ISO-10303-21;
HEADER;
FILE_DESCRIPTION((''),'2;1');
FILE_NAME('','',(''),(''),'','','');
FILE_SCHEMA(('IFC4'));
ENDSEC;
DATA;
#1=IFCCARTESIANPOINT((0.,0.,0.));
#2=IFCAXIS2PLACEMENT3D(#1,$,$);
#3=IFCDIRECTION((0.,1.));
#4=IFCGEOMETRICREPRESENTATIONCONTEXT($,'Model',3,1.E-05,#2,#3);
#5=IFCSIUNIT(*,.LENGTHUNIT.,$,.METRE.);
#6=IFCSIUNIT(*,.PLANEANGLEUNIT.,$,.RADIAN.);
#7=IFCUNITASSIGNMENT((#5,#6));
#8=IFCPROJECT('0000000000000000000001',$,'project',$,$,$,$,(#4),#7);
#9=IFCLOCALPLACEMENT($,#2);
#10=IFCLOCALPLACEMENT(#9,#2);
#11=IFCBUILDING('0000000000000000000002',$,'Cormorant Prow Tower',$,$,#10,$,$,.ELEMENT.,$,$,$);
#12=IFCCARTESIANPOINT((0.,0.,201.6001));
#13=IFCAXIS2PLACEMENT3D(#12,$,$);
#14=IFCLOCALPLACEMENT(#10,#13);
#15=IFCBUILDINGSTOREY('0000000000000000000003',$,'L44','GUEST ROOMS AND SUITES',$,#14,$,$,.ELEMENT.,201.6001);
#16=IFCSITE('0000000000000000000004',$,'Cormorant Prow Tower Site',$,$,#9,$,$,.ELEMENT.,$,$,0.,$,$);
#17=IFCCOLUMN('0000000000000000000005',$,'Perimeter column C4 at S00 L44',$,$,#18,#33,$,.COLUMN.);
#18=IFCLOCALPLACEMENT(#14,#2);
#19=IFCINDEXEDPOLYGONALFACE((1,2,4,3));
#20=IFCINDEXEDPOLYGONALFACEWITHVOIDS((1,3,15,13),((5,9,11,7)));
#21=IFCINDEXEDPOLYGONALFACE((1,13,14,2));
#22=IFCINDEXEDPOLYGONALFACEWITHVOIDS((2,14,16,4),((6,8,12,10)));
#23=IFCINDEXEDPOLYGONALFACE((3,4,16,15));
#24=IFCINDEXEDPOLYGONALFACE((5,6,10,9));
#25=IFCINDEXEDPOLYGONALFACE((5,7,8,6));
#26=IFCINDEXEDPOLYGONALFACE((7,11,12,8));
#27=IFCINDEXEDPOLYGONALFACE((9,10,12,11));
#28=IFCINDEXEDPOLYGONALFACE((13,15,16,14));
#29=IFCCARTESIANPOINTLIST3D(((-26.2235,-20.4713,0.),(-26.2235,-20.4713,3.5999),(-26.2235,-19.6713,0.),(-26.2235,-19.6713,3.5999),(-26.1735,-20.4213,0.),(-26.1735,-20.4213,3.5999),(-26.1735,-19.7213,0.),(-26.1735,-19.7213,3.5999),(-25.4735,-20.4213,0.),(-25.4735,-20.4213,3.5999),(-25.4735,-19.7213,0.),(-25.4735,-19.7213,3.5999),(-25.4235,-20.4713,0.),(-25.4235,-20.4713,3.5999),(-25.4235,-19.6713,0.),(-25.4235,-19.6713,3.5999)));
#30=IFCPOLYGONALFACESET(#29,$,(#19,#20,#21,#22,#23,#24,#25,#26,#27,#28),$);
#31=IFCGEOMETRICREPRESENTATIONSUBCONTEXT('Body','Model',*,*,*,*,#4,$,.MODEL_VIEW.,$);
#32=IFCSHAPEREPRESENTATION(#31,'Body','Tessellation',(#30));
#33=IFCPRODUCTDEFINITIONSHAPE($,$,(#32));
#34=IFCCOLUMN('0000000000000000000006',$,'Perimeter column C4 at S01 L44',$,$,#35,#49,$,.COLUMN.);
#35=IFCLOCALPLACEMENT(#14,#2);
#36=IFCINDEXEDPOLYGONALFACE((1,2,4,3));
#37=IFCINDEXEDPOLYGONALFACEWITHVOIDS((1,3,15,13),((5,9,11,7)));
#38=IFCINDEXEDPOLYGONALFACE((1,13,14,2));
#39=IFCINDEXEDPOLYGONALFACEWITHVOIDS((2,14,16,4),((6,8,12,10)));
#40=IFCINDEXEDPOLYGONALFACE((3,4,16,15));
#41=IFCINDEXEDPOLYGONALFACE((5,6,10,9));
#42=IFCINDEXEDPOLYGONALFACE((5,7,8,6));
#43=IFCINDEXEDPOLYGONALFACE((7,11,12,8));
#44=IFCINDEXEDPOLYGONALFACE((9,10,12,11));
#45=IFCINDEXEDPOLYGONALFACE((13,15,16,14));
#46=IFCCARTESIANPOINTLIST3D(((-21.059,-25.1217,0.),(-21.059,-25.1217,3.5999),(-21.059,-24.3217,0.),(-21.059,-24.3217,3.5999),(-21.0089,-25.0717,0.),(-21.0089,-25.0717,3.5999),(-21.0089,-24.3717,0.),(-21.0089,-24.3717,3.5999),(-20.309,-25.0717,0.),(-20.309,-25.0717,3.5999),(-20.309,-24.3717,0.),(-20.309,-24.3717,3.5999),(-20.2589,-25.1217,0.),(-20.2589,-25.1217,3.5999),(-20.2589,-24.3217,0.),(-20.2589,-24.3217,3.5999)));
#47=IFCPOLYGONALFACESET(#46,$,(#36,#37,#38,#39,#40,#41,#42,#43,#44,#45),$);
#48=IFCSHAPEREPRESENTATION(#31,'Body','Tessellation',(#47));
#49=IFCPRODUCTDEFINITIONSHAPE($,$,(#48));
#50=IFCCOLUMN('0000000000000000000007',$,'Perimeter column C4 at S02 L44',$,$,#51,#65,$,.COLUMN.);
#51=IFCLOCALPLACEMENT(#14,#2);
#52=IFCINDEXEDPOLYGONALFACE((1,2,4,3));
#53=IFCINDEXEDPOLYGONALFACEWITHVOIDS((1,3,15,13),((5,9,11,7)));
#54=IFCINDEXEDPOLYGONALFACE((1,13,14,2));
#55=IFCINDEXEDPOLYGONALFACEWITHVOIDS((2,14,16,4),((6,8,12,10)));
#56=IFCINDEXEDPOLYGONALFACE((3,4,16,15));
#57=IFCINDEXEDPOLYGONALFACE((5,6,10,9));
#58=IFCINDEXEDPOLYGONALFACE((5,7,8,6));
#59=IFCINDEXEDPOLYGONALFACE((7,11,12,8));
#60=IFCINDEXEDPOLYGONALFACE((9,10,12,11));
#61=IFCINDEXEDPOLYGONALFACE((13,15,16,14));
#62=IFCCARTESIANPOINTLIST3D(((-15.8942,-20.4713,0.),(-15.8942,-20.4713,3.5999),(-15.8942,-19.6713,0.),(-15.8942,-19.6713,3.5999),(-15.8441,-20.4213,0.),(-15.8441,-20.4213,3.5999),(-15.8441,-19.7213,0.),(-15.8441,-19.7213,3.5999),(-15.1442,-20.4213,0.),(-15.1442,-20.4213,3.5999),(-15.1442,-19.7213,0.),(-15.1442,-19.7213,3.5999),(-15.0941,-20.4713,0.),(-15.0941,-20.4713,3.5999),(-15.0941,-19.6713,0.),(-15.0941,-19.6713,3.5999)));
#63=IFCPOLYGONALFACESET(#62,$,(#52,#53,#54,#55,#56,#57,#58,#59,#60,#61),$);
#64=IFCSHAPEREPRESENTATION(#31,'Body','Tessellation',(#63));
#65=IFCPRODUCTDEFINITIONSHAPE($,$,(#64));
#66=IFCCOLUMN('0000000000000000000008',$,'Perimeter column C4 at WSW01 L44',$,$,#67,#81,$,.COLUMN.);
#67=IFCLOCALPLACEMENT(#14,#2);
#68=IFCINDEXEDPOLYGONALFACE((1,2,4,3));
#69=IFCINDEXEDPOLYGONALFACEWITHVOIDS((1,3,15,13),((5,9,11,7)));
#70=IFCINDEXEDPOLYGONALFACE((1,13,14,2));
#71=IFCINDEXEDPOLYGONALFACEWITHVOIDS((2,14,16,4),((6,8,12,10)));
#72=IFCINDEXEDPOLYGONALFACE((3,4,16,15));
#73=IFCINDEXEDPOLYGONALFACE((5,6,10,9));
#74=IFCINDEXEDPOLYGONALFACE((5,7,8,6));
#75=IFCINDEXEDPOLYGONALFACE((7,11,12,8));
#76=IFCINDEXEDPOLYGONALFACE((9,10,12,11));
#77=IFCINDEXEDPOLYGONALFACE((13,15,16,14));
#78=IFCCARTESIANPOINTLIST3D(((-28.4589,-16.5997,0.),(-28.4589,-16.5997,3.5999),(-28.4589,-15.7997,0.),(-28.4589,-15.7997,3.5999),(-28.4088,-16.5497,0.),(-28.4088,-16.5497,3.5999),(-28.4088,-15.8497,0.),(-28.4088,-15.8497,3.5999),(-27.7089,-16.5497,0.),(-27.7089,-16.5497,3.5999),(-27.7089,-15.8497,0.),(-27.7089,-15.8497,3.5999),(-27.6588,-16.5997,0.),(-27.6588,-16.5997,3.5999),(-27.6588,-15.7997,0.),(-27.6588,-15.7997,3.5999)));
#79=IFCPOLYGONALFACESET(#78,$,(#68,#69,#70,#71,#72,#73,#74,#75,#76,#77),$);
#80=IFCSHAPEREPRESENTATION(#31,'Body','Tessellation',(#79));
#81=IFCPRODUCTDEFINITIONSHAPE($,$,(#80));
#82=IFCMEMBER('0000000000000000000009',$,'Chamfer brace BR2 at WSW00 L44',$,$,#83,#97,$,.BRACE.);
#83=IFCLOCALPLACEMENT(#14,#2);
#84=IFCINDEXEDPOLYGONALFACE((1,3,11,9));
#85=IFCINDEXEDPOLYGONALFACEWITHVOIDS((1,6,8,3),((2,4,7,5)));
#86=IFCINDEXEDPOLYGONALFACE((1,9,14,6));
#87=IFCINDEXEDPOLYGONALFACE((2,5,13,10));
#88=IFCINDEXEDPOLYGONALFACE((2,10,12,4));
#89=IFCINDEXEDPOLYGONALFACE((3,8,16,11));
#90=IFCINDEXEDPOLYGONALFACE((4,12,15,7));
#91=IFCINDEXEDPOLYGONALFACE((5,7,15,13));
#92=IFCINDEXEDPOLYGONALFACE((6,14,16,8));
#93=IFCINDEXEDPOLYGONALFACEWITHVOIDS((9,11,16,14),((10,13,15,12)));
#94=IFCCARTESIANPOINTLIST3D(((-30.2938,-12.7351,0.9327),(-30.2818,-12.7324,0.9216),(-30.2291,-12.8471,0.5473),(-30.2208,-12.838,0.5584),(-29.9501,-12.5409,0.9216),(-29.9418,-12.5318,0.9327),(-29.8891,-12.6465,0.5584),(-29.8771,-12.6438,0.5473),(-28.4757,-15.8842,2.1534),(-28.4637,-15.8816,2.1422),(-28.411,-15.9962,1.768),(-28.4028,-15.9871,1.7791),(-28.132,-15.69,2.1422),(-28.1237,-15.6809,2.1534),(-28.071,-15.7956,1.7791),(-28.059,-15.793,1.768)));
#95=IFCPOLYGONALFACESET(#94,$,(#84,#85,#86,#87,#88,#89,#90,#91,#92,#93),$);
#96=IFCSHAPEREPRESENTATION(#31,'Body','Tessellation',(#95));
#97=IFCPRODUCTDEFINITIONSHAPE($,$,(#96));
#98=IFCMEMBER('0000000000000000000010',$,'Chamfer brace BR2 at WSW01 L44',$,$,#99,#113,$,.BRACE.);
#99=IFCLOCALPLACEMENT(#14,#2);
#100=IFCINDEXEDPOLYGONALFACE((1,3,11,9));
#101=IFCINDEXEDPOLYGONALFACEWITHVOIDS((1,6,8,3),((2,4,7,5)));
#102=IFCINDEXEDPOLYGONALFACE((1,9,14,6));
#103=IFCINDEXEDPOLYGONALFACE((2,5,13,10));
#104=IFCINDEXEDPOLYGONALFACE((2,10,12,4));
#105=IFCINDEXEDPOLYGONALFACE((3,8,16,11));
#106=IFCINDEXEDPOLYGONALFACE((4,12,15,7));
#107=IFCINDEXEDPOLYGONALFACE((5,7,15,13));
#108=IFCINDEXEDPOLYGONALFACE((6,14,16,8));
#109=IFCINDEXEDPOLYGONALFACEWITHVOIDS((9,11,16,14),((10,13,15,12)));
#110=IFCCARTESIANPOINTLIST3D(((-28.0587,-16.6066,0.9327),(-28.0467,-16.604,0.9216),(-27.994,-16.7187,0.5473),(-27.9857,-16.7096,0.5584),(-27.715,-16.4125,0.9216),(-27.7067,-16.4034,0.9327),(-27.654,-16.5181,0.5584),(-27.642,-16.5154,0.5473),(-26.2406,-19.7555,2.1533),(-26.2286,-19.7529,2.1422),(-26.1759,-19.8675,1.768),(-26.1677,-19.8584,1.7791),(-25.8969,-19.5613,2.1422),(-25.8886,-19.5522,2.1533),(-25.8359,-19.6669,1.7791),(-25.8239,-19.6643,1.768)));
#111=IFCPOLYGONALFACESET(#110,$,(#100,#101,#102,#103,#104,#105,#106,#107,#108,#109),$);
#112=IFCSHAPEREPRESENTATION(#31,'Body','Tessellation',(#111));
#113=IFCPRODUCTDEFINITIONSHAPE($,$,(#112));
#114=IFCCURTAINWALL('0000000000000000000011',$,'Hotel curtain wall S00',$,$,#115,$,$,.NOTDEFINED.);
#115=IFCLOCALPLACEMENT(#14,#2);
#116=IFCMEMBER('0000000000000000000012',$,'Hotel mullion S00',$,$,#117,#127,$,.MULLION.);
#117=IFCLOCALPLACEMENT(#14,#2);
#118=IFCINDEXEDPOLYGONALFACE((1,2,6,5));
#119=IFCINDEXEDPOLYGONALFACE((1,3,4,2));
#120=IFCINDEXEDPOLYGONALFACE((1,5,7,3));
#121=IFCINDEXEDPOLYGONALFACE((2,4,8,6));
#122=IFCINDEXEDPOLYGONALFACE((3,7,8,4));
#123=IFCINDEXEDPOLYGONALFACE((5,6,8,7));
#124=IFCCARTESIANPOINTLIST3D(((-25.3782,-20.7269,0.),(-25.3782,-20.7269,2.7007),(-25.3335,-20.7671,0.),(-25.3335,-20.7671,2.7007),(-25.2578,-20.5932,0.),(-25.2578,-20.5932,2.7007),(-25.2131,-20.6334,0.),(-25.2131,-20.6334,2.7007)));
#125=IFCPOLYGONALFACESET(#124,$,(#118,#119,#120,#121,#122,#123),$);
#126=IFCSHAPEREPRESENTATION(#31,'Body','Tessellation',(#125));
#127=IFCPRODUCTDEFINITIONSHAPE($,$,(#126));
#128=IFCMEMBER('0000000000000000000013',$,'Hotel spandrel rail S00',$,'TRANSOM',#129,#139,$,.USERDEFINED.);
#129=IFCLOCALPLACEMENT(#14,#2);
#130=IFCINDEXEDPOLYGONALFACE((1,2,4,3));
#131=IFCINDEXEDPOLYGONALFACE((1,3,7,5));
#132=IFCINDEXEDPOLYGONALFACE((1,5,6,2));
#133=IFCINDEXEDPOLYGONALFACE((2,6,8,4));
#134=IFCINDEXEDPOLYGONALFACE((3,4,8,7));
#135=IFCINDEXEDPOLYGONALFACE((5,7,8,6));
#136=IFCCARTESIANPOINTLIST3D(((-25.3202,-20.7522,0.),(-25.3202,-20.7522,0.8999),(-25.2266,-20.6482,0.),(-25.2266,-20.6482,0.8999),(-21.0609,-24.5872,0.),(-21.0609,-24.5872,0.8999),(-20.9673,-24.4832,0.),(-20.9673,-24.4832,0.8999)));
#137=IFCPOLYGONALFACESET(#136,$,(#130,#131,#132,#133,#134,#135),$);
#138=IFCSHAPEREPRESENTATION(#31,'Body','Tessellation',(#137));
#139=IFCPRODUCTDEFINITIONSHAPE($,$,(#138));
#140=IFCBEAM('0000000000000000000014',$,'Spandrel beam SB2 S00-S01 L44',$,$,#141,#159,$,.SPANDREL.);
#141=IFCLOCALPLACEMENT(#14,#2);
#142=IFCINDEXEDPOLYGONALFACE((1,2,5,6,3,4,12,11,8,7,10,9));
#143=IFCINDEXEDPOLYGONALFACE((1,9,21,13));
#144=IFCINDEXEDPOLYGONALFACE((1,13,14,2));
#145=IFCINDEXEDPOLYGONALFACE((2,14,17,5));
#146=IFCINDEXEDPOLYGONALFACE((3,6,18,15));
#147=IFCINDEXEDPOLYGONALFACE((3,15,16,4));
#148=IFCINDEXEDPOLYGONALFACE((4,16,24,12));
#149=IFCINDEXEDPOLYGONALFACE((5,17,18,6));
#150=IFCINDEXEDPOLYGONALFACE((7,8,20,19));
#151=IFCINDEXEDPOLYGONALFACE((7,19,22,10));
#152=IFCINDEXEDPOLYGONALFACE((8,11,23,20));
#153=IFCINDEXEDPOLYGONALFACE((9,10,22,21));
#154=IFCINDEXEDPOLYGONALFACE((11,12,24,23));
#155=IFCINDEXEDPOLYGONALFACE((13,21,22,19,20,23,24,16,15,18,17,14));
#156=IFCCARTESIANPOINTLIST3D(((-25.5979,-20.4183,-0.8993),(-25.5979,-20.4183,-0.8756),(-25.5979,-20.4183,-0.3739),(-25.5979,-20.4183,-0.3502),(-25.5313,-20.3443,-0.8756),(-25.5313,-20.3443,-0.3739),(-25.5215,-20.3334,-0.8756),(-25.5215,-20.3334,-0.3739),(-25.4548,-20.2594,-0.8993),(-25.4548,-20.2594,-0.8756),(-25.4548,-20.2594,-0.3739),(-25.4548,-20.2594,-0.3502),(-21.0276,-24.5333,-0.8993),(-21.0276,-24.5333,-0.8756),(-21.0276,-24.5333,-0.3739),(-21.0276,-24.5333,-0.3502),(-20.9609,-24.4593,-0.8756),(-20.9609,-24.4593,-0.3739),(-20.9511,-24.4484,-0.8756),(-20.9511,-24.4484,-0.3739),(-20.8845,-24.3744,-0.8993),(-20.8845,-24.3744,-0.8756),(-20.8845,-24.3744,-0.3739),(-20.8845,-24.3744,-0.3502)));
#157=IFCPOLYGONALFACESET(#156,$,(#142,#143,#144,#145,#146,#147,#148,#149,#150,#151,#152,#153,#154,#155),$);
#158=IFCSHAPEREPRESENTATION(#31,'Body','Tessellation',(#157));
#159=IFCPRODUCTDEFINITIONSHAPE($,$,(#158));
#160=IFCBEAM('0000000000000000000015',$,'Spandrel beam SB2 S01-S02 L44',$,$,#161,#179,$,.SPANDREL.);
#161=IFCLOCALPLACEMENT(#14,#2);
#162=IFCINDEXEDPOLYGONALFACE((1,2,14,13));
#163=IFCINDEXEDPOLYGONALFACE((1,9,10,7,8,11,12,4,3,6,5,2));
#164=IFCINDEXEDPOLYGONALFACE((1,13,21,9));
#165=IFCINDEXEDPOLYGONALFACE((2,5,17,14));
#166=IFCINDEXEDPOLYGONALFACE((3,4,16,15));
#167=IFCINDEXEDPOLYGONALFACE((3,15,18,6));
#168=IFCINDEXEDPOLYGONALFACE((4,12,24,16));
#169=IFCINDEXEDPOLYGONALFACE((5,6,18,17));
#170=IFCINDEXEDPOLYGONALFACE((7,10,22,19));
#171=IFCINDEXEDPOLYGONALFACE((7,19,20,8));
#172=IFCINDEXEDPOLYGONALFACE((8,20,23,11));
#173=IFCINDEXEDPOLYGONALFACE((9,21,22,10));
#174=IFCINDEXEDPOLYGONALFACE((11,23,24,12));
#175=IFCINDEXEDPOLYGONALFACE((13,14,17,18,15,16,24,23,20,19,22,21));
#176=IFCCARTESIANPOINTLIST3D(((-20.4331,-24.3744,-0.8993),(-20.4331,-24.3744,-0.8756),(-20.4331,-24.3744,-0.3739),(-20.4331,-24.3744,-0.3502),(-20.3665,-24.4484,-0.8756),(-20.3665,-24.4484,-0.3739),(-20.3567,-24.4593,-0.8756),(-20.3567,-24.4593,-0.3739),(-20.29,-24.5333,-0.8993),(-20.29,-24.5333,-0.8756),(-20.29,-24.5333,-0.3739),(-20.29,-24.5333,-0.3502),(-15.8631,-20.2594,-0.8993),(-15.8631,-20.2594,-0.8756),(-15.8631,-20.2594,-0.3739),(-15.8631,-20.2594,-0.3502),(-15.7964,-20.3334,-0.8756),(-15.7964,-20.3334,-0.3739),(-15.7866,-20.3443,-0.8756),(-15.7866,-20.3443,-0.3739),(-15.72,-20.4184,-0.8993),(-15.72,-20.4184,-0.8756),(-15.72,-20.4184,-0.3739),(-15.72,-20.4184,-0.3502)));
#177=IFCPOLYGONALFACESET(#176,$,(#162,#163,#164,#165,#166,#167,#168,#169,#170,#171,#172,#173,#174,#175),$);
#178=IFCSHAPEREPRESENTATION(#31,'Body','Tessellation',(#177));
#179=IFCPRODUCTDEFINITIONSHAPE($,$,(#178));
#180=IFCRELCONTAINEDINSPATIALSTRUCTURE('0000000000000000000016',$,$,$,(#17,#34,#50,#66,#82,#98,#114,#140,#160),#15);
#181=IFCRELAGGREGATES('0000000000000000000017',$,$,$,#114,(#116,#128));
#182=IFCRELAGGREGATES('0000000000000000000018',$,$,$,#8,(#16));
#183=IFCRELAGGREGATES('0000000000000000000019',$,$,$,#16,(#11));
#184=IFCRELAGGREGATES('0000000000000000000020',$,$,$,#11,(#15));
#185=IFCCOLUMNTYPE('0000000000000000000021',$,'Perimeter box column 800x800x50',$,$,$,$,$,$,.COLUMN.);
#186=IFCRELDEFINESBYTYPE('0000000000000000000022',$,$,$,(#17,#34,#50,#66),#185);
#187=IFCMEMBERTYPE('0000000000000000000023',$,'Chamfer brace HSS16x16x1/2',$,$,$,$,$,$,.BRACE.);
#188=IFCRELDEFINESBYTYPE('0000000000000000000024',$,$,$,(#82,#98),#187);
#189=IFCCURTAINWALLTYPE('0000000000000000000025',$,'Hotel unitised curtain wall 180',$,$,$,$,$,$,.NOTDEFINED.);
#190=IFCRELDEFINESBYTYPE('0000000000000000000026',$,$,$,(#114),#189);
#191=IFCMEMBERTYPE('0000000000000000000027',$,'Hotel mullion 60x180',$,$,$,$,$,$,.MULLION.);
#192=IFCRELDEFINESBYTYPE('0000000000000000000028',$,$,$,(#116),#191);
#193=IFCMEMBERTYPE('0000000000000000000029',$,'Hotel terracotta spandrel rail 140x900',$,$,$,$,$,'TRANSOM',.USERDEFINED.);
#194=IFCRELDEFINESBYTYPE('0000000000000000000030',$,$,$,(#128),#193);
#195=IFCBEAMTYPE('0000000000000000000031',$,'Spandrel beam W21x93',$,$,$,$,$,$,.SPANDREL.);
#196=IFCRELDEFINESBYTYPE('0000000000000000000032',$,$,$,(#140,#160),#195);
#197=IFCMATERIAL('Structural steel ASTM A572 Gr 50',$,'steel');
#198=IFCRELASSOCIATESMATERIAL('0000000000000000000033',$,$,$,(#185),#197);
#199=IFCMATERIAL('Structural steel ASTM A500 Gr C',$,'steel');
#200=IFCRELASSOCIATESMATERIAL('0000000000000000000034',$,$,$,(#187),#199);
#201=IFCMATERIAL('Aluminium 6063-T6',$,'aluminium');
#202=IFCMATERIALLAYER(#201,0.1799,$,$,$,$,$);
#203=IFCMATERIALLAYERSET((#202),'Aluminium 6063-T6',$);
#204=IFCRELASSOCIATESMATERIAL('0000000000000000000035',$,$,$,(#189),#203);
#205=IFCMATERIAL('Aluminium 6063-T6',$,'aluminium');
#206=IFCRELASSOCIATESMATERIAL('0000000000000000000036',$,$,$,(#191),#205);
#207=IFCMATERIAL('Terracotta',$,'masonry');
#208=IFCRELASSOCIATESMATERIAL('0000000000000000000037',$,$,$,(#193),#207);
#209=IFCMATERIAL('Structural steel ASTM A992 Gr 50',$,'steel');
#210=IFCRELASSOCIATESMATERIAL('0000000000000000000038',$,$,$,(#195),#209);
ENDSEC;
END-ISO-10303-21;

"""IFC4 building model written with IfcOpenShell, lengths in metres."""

from ifc_helpers import new_model, si_unit, direction, frame, origin, origin_2d, place, context, subcontext, project, spatial, rectangle, hollow_rectangle, i_section, extrude, material, layer, layer_set, material_profile, profile_set, type_object, element, aggregate, save


model = new_model("IFC4")

# Units and contexts
model_context = context("Model", 3, precision=1e-05, world=origin(), true_north=direction((0.0, 1.0)))
body_context = subcontext(model_context, "Body", "Model", "MODEL_VIEW")
ifc_project = project(units=[si_unit("LENGTHUNIT", "METRE"), si_unit("PLANEANGLEUNIT", "RADIAN")], contexts=[model_context])

# Site, building, storey
site_placement = place(None, origin())
site = spatial("IfcSite", under=ifc_project, at=site_placement, Name="Cormorant Prow Tower Site", CompositionType="ELEMENT", RefElevation=0.0)
building_placement = place(site_placement, origin())
building = spatial("IfcBuilding", under=site, at=building_placement, Name="Cormorant Prow Tower", CompositionType="ELEMENT")
storey_placement = place(building_placement, frame((0.0, 0.0, 201.6001)))
storey = spatial("IfcBuildingStorey", under=building, at=storey_placement, Name="L44", Description="GUEST ROOMS AND SUITES", CompositionType="ELEMENT", Elevation=201.6001)

# Columns
ifc_material_1 = material(Name="Structural steel ASTM A572 Gr 50", Category="steel")
ifc_material_profile_1 = material_profile(ifc_material_1, hollow_rectangle(XDim=0.8, YDim=0.8, WallThickness=0.05, at=origin_2d()), Name="Box 800x800x50")
ifc_profile_set_1 = profile_set([ifc_material_profile_1], Name="Structural steel ASTM A572 Gr 50")
column_type = type_object("IfcColumnType", Name="Perimeter box column 800x800x50", PredefinedType="COLUMN", material=ifc_profile_set_1)
for number, where, z_axis, x_axis, name in (
    (1, (-25.8235, -20.0713, 0.0), (0.0, 0.0, 1.0), (1.0, 0.0, 0.0), "Perimeter column C4 at S00 L44"),
    (2, (-20.6589, -24.7217, 0.0), (0.0, 0.0, 1.0), (1.0, 0.0, 0.0), "Perimeter column C4 at S01 L44"),
    (3, (-15.4941, -20.0713, 0.0), (0.0, 0.0, 1.0), (1.0, 0.0, 0.0), "Perimeter column C4 at S02 L44"),
    (4, (-28.0588, -16.1997, 0.0), (0.0, 0.0, 1.0), (1.0, 0.0, 0.0), "Perimeter column C4 at WSW01 L44"),
):
    element("IfcColumn", number, at=place(storey_placement, frame(where, z_axis=z_axis, x_axis=x_axis)), inside=storey, type_object=column_type, Name=name, PredefinedType="COLUMN", context=body_context, shape_type="SweptSolid", body=[
        extrude(hollow_rectangle(XDim=0.8, YDim=0.8, WallThickness=0.05, at=origin_2d()), origin(), (0.0, 0.0, 1.0), 3.5999),
    ])

# Members
ifc_material_2 = material(Name="Structural steel ASTM A500 Gr C", Category="steel")
ifc_material_profile_2 = material_profile(ifc_material_2, hollow_rectangle(XDim=0.4065, YDim=0.4065, WallThickness=0.0117, at=origin_2d()), Name="HSS16x16x1/2")
ifc_profile_set_2 = profile_set([ifc_material_profile_2], Name="Structural steel ASTM A500 Gr C")
member_type_1 = type_object("IfcMemberType", Name="Chamfer brace HSS16x16x1/2", PredefinedType="BRACE", material=ifc_profile_set_2)
member_1_placement = place(storey_placement, frame((-30.0854, -12.6895, 0.74), z_axis=(0.473993, -0.821006, 0.318244), x_axis=(0.866032, 0.499988, 0.0)))
element("IfcMember", 5, at=member_1_placement, inside=storey, type_object=member_type_1, Name="Chamfer brace BR2 at WSW00 L44", PredefinedType="BRACE", context=body_context, shape_type="SweptSolid", body=[
    extrude(hollow_rectangle(XDim=0.4065, YDim=0.4065, WallThickness=0.0117, at=origin_2d()), origin(), (0.0, 0.0, 1.0), 3.8357),
])
member_2_placement = place(storey_placement, frame((-27.8503, -16.561, 0.74), z_axis=(0.474018, -0.820986, 0.318261), x_axis=(0.866016, 0.500017, 0.0)))
element("IfcMember", 6, at=member_2_placement, inside=storey, type_object=member_type_1, Name="Chamfer brace BR2 at WSW01 L44", PredefinedType="BRACE", context=body_context, shape_type="SweptSolid", body=[
    extrude(hollow_rectangle(XDim=0.4065, YDim=0.4065, WallThickness=0.0117, at=origin_2d()), origin(), (0.0, 0.0, 1.0), 3.8354),
])

# Curtain wall, members
ifc_material_3 = material(Name="Aluminium 6063-T6", Category="aluminium")
ifc_layer_1 = layer(ifc_material_3, 0.1799)
ifc_layer_set_1 = layer_set([ifc_layer_1], Name="Aluminium 6063-T6")
curtain_wall_type = type_object("IfcCurtainWallType", Name="Hotel unitised curtain wall 180", PredefinedType="NOTDEFINED", material=ifc_layer_set_1)
curtain_wall_placement = place(storey_placement, origin())
curtain_wall = element("IfcCurtainWall", 7, at=curtain_wall_placement, inside=storey, type_object=curtain_wall_type, Name="Hotel curtain wall S00", PredefinedType="NOTDEFINED")
ifc_material_4 = material(Name="Aluminium 6063-T6", Category="aluminium")
ifc_material_profile_3 = material_profile(ifc_material_4, rectangle(XDim=0.1799, YDim=0.0601, at=origin_2d()), Name="Hotel mullion 60x180")
ifc_profile_set_3 = profile_set([ifc_material_profile_3], Name="Aluminium 6063-T6")
member_type_2 = type_object("IfcMemberType", Name="Hotel mullion 60x180", PredefinedType="MULLION", material=ifc_profile_set_3)
member_3_placement = place(storey_placement, frame((-25.2957, -20.6802, 0.0), z_axis=(0.0, 0.0, 1.0), x_axis=(0.669131, 0.743145, 0.0)))
member_3 = element("IfcMember", 8, at=member_3_placement, type_object=member_type_2, Name="Hotel mullion S00", PredefinedType="MULLION", context=body_context, shape_type="SweptSolid", body=[
    extrude(rectangle(XDim=0.1799, YDim=0.0601, at=origin_2d()), origin(), (0.0, 0.0, 1.0), 2.7007),
])
ifc_material_5 = material(Name="Terracotta", Category="masonry")
ifc_material_profile_4 = material_profile(ifc_material_5, rectangle(XDim=0.1399, YDim=0.8999, at=origin_2d()), Name="Hotel terracotta spandrel rail 140x900")
ifc_profile_set_4 = profile_set([ifc_material_profile_4], Name="Terracotta")
member_type_3 = type_object("IfcMemberType", Name="Hotel terracotta spandrel rail 140x900", ElementType="TRANSOM", PredefinedType="USERDEFINED", material=ifc_profile_set_4)
member_4_placement = place(storey_placement, frame((-25.2734, -20.7002, 0.45), z_axis=(0.743154, -0.66912, 0.0), x_axis=(0.66912, 0.743154, 0.0)))
member_4 = element("IfcMember", 9, at=member_4_placement, type_object=member_type_3, Name="Hotel spandrel rail S00", ObjectType="TRANSOM", PredefinedType="USERDEFINED", context=body_context, shape_type="SweptSolid", body=[
    extrude(rectangle(XDim=0.1399, YDim=0.8999, at=origin_2d()), origin(), (0.0, 0.0, 1.0), 5.7314),
])

# Beams
ifc_material_6 = material(Name="Structural steel ASTM A992 Gr 50", Category="steel")
ifc_material_profile_5 = material_profile(ifc_material_6, i_section(OverallWidth=0.2139, OverallDepth=0.5491, WebThickness=0.0146, FlangeThickness=0.0237, at=origin_2d()), Name="W21x93")
ifc_profile_set_5 = profile_set([ifc_material_profile_5], Name="Structural steel ASTM A992 Gr 50")
beam_type = type_object("IfcBeamType", Name="Spandrel beam W21x93", PredefinedType="SPANDREL", material=ifc_profile_set_5)
beam_1_placement = place(storey_placement, frame((-25.5264, -20.3389, -0.6248), z_axis=(0.743156, -0.669118, 0.0), x_axis=(0.669118, 0.743156, 0.0)))
element("IfcBeam", 10, at=beam_1_placement, inside=storey, type_object=beam_type, Name="Spandrel beam SB2 S00-S01 L44", PredefinedType="SPANDREL", context=body_context, shape_type="SweptSolid", body=[
    extrude(i_section(OverallWidth=0.2139, OverallDepth=0.5491, WebThickness=0.0146, FlangeThickness=0.0237, at=origin_2d()), origin(), (0.0, 0.0, 1.0), 6.1499),
])
beam_2_placement = place(storey_placement, frame((-20.3616, -24.4539, -0.6248), z_axis=(0.743138, 0.669138, 0.0), x_axis=(-0.669138, 0.743138, 0.0)))
element("IfcBeam", 11, at=beam_2_placement, inside=storey, type_object=beam_type, Name="Spandrel beam SB2 S01-S02 L44", PredefinedType="SPANDREL", context=body_context, shape_type="SweptSolid", body=[
    extrude(i_section(OverallWidth=0.2139, OverallDepth=0.5491, WebThickness=0.0146, FlangeThickness=0.0237, at=origin_2d()), origin(), (0.0, 0.0, 1.0), 6.1497),
])

aggregate(curtain_wall, [member_3, member_4])

save(model, "model.ifc")
